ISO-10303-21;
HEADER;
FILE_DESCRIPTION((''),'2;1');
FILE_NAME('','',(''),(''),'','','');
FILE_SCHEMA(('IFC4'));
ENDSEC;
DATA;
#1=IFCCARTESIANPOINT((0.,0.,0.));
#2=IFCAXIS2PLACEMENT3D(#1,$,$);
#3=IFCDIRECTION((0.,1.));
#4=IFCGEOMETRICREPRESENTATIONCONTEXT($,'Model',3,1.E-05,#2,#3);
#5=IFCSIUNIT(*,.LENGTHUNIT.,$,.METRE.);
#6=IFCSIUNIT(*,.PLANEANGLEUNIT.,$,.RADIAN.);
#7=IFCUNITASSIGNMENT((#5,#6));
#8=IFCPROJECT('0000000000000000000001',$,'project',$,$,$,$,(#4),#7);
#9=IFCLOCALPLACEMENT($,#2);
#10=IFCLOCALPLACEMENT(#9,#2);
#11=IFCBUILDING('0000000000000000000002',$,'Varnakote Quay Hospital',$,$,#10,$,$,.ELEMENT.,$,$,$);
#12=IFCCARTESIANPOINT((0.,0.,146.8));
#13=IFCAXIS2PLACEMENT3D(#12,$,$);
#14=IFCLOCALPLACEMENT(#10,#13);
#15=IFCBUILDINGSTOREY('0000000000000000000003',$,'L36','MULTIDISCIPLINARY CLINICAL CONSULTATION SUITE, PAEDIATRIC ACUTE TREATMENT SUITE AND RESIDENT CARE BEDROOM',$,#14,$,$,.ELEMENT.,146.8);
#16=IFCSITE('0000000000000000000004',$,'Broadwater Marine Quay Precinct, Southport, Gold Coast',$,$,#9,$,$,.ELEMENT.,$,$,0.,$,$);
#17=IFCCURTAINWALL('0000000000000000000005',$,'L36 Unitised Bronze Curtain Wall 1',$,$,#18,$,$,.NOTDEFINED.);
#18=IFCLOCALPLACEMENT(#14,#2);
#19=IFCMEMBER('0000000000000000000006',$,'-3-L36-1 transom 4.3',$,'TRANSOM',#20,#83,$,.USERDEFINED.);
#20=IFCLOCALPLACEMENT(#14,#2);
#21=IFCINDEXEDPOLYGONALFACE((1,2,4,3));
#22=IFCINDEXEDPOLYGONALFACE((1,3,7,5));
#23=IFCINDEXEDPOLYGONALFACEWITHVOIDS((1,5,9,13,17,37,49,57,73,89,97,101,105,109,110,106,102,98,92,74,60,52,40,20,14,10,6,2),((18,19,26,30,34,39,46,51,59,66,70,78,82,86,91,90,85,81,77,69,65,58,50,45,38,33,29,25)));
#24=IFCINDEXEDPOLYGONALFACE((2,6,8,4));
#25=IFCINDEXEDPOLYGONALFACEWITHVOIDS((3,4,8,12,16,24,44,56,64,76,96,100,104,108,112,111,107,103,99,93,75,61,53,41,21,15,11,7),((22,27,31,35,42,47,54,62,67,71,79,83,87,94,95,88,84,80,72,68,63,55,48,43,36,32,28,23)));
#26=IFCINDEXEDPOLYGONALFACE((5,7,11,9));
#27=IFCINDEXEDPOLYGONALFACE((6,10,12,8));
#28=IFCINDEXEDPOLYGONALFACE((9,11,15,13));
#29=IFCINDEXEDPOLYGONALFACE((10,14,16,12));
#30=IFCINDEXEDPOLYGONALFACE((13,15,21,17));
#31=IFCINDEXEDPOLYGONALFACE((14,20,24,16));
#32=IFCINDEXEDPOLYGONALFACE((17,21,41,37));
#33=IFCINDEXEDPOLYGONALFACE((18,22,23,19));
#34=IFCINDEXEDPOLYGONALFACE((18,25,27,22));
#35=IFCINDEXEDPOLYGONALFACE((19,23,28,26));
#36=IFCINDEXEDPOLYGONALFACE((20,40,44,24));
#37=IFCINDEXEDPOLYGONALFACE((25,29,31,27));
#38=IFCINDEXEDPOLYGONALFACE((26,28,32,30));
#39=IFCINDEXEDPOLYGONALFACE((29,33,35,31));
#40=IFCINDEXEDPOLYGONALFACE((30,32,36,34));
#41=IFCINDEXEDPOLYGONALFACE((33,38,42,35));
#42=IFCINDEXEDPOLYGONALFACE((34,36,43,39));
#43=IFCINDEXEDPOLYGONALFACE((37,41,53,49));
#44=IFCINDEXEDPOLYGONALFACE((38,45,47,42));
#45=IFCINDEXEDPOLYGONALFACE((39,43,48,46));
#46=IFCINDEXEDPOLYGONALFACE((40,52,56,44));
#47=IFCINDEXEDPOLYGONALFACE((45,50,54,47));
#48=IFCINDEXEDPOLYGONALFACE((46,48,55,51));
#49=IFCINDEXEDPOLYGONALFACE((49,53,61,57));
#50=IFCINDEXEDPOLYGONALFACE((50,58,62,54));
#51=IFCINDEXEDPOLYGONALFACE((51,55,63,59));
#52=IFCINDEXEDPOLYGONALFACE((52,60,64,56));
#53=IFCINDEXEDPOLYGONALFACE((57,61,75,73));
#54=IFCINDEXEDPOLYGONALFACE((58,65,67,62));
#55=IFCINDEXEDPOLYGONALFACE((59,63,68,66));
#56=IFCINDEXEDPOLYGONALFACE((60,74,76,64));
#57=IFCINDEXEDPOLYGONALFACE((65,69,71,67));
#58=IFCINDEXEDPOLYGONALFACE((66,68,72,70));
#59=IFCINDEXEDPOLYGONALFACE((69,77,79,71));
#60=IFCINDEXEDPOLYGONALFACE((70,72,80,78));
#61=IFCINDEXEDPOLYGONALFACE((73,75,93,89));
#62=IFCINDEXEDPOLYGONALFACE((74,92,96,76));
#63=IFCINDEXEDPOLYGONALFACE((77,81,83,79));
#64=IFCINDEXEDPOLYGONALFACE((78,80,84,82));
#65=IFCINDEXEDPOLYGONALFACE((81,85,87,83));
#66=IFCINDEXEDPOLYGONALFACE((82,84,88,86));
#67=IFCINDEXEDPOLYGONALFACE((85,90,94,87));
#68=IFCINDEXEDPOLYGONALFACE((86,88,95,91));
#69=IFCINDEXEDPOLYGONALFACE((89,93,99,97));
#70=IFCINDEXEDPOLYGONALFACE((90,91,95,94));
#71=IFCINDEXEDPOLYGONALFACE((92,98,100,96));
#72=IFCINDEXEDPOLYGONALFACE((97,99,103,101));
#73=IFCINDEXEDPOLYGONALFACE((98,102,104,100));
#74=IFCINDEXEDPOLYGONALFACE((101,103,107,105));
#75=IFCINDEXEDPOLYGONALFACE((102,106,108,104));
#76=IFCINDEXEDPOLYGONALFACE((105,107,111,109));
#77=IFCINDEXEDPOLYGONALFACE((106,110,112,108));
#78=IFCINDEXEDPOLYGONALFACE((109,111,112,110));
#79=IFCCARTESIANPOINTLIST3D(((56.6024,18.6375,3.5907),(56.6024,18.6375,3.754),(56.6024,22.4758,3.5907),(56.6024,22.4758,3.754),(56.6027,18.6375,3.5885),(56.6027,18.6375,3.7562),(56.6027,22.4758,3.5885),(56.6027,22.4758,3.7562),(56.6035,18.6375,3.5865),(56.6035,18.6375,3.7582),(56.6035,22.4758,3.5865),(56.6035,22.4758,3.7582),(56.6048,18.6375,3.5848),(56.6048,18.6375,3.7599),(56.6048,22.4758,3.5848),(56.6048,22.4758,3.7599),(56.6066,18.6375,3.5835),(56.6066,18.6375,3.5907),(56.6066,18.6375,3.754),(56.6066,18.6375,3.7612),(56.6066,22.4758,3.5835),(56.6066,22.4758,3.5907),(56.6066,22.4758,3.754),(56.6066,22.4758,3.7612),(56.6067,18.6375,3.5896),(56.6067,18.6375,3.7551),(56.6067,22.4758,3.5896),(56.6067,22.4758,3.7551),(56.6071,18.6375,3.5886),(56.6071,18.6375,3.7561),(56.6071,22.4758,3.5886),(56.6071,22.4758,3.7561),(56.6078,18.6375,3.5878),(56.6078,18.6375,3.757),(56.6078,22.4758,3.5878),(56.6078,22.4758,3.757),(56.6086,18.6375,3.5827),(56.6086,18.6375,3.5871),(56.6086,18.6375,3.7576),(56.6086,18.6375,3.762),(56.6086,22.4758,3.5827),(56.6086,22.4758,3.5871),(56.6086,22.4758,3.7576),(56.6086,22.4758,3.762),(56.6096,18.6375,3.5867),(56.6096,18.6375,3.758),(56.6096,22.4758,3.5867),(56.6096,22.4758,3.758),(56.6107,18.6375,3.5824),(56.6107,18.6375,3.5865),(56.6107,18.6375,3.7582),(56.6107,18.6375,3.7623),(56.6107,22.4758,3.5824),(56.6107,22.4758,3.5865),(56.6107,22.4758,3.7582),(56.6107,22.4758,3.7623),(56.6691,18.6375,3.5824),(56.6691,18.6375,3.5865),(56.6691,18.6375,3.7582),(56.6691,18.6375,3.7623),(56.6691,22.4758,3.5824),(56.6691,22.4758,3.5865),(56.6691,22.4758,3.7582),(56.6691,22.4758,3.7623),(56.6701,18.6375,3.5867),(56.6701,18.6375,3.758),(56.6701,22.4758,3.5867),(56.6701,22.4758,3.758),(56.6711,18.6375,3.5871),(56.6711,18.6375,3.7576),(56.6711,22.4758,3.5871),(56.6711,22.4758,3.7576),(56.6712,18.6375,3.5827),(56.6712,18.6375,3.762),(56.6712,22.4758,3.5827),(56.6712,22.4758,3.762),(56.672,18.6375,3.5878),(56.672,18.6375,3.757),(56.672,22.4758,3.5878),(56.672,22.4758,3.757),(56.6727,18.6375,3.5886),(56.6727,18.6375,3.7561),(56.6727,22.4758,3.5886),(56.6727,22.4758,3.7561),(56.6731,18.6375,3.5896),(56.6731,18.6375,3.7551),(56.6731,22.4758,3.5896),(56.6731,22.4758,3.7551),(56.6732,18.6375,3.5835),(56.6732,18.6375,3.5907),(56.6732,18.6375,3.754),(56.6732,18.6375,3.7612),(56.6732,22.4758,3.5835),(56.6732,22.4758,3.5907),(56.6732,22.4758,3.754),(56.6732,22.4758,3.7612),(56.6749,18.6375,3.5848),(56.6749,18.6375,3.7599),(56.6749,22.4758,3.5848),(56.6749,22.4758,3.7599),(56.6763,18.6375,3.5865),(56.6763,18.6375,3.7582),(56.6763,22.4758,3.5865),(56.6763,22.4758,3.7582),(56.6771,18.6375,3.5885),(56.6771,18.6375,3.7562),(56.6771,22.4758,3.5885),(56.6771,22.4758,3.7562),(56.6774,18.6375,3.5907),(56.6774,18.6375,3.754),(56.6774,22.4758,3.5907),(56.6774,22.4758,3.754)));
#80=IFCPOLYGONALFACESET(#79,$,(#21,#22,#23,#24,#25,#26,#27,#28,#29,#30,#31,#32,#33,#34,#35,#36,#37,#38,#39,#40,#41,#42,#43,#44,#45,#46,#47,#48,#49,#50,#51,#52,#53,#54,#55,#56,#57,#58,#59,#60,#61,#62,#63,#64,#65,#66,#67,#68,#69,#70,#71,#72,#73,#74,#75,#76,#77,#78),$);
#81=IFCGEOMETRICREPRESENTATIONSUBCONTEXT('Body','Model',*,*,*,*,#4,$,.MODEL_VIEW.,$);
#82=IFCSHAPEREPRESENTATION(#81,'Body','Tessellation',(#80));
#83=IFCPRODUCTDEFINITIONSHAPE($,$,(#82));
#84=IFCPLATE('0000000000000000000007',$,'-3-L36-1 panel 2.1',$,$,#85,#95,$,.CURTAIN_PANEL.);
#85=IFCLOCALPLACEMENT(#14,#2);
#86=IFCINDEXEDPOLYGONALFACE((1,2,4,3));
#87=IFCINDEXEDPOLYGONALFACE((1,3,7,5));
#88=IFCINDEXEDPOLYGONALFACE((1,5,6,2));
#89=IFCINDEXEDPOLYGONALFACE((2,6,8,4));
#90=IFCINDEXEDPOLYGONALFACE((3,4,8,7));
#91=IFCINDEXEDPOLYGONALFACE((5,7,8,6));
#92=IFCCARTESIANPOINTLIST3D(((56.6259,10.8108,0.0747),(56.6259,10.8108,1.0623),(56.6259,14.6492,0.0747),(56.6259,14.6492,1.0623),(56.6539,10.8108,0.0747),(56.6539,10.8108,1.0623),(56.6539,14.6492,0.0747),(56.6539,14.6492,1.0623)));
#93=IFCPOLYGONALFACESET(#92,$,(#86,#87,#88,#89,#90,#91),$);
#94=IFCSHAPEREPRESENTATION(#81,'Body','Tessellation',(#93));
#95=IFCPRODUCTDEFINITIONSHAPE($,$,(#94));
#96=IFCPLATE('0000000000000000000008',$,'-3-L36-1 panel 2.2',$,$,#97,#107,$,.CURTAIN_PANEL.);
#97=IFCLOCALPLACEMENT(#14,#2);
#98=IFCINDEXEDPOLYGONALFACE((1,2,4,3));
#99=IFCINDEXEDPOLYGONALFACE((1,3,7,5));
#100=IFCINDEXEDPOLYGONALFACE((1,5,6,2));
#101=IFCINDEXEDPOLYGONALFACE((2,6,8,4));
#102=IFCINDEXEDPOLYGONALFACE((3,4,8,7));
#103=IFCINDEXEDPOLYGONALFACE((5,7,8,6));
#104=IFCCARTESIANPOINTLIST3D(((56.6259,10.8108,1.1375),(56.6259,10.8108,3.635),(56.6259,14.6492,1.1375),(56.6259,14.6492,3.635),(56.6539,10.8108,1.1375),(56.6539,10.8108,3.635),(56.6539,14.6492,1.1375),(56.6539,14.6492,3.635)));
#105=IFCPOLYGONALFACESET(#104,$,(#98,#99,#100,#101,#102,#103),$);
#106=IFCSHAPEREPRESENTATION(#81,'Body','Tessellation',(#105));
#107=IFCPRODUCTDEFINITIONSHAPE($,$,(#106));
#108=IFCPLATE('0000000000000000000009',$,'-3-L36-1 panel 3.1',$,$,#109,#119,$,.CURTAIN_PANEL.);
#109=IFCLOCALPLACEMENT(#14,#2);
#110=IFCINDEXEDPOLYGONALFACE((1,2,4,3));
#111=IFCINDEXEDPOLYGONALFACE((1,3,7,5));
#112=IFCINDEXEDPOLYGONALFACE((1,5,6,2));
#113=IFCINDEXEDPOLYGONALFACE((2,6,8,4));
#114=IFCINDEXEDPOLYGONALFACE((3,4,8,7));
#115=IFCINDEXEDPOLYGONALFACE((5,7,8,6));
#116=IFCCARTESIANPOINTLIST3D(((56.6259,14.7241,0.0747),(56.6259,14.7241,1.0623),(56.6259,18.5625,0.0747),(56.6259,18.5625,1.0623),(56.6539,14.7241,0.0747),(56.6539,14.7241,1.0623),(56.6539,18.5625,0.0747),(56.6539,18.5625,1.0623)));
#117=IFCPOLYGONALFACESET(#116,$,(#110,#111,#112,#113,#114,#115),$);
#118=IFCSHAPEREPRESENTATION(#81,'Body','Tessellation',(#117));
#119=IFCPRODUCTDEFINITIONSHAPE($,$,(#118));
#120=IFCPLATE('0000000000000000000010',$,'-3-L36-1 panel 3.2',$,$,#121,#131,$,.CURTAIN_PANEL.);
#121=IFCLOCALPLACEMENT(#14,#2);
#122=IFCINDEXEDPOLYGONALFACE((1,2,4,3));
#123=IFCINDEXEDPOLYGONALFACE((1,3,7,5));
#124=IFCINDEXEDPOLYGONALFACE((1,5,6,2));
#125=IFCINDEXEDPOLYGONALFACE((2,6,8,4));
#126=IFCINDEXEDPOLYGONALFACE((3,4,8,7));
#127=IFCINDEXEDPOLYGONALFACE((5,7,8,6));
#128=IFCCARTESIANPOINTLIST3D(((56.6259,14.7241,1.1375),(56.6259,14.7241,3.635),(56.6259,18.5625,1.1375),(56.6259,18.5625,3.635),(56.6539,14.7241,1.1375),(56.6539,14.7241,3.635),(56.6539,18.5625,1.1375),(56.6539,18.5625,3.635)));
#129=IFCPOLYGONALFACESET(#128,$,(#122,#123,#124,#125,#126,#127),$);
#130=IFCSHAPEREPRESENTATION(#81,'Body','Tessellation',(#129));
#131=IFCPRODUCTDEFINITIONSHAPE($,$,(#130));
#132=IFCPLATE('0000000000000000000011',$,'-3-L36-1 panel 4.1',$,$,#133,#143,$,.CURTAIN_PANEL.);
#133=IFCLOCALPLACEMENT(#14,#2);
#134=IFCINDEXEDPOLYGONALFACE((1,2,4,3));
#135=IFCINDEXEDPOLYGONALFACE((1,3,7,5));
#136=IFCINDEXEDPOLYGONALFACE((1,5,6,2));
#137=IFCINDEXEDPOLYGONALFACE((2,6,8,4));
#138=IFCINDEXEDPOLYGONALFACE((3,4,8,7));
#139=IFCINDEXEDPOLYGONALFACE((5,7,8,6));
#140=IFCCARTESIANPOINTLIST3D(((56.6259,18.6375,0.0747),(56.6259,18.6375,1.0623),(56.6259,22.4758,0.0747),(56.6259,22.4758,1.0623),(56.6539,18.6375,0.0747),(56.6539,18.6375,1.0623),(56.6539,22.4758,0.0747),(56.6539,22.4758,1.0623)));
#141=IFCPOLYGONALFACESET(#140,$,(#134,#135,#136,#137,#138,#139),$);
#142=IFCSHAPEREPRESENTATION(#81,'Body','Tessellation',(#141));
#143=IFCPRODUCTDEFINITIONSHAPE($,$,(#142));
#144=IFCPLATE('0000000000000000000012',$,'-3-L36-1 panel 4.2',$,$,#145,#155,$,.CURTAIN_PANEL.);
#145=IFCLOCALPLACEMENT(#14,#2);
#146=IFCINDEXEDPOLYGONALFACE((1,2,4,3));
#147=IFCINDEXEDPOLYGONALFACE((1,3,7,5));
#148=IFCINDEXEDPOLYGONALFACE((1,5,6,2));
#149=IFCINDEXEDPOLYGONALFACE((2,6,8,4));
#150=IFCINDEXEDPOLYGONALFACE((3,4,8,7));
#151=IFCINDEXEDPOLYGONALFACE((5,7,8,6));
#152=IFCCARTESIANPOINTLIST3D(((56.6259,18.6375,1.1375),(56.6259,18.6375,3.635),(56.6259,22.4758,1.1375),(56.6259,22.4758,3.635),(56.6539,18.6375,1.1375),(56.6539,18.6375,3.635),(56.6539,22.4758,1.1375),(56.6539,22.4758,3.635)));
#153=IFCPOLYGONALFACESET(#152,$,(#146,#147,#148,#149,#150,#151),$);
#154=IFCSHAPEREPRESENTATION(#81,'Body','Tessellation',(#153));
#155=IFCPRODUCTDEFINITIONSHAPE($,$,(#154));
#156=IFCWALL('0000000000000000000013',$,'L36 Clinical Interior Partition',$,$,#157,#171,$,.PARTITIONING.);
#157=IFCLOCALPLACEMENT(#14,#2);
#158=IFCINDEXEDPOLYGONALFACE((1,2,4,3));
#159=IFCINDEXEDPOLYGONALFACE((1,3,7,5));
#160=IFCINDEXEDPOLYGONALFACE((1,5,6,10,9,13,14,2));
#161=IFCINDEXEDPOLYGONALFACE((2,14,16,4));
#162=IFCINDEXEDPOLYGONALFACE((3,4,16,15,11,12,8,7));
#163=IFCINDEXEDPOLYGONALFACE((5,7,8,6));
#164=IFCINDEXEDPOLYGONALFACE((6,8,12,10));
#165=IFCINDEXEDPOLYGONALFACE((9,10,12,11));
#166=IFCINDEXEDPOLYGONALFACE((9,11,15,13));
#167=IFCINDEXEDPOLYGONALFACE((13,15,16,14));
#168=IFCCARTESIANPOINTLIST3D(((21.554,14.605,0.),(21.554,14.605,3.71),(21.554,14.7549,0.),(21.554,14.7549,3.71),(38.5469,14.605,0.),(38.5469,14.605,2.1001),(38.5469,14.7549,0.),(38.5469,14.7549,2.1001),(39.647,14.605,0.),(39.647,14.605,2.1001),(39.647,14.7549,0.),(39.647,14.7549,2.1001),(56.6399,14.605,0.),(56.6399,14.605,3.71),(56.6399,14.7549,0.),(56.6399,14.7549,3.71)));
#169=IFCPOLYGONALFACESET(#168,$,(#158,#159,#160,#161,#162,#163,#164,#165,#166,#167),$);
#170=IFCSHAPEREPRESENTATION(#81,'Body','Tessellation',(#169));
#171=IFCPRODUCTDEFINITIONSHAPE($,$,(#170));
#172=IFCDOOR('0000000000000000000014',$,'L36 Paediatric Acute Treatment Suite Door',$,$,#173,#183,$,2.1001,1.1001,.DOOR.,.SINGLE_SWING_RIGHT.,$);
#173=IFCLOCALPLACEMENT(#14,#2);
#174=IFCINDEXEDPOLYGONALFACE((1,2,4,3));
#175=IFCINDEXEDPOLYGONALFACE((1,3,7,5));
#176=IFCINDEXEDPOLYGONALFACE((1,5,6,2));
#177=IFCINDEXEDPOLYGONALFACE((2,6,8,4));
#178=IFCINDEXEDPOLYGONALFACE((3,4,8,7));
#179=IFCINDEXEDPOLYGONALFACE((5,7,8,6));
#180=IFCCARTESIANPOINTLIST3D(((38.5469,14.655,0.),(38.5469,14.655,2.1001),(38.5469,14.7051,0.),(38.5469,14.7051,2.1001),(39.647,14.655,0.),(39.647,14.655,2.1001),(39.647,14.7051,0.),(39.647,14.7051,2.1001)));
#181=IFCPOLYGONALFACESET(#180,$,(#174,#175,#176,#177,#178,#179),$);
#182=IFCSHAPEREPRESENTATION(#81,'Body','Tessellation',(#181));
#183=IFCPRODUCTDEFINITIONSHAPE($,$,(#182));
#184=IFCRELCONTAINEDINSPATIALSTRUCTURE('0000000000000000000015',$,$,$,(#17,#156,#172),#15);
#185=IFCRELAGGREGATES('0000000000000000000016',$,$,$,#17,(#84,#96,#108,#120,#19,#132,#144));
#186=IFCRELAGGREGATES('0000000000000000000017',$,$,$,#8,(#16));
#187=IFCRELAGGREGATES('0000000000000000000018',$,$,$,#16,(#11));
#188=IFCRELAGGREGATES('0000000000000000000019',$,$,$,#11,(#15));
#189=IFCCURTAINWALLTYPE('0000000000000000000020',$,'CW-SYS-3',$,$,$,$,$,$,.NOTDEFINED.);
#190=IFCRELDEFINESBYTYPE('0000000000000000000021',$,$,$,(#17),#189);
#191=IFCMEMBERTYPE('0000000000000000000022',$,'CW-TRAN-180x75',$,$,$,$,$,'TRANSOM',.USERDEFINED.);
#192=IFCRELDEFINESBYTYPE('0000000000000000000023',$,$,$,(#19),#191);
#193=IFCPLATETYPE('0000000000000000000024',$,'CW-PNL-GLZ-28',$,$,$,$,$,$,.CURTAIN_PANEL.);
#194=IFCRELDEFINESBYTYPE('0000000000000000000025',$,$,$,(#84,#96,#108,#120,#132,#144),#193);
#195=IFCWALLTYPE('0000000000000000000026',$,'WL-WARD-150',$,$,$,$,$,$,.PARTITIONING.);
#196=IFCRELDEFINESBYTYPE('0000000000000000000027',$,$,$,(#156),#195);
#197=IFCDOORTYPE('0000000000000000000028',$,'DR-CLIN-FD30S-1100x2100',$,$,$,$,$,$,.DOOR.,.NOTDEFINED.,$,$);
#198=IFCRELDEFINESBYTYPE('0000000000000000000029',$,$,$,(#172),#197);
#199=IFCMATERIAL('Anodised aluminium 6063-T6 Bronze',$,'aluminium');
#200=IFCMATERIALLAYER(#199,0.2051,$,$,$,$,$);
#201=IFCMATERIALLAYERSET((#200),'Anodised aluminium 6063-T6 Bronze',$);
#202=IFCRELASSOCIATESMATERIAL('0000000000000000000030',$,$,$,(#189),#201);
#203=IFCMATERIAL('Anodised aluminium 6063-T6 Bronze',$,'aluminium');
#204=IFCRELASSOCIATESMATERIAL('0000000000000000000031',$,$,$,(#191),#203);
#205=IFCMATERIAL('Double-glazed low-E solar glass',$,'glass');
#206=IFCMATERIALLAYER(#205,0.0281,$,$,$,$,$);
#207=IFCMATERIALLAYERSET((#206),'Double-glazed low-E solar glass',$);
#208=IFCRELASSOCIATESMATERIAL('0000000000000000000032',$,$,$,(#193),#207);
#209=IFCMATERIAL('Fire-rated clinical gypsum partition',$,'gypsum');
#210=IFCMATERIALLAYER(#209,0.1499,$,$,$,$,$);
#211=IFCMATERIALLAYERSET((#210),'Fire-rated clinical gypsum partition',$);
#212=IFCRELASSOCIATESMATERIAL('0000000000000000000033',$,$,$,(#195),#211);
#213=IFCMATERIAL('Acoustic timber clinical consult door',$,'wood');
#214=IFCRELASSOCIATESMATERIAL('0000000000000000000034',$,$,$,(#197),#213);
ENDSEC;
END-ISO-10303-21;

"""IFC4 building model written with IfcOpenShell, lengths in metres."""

from ifc_helpers import new_model, si_unit, direction, frame, frame_2d, origin, origin_2d, place, context, subcontext, project, spatial, rectangle, hollow_rectangle, extrude, material, layer, layer_set, material_profile, profile_set, type_object, element, fill, aggregate, save


model = new_model("IFC4")

# Units and contexts
model_context = context("Model", 3, precision=1e-05, world=origin(), true_north=direction((0.0, 1.0)))
body_context = subcontext(model_context, "Body", "Model", "MODEL_VIEW")
ifc_project = project(units=[si_unit("LENGTHUNIT", "METRE"), si_unit("PLANEANGLEUNIT", "RADIAN")], contexts=[model_context])

# Site, building, storey
site_placement = place(None, origin())
site = spatial("IfcSite", under=ifc_project, at=site_placement, Name="Broadwater Marine Quay Precinct, Southport, Gold Coast", CompositionType="ELEMENT", RefElevation=0.0)
building_placement = place(site_placement, origin())
building = spatial("IfcBuilding", under=site, at=building_placement, Name="Varnakote Quay Hospital", CompositionType="ELEMENT")
storey_placement = place(building_placement, frame((0.0, 0.0, 146.8)))
storey = spatial("IfcBuildingStorey", under=building, at=storey_placement, Name="L36", Description="MULTIDISCIPLINARY CLINICAL CONSULTATION SUITE, PAEDIATRIC ACUTE TREATMENT SUITE AND RESIDENT CARE BEDROOM", CompositionType="ELEMENT", Elevation=146.8)

# Curtain wall, member, plates
ifc_material_1 = material(Name="Anodised aluminium 6063-T6 Bronze", Category="aluminium")
ifc_layer_1 = layer(ifc_material_1, 0.2051)
ifc_layer_set_1 = layer_set([ifc_layer_1], Name="Anodised aluminium 6063-T6 Bronze")
curtain_wall_type = type_object("IfcCurtainWallType", Name="CW-SYS-3", PredefinedType="NOTDEFINED", material=ifc_layer_set_1)
curtain_wall_placement = place(storey_placement, origin())
curtain_wall = element("IfcCurtainWall", 1, at=curtain_wall_placement, inside=storey, type_object=curtain_wall_type, Name="L36 Unitised Bronze Curtain Wall 1", PredefinedType="NOTDEFINED")
ifc_material_2 = material(Name="Anodised aluminium 6063-T6 Bronze", Category="aluminium")
ifc_material_profile_1 = material_profile(ifc_material_2, hollow_rectangle(XDim=0.075, YDim=0.1799, WallThickness=0.0042, InnerFilletRadius=0.0042, OuterFilletRadius=0.0083, at=origin_2d()), Name="CW-TRAN-180x75")
ifc_profile_set_1 = profile_set([ifc_material_profile_1], Name="Anodised aluminium 6063-T6 Bronze")
member_type_1 = type_object("IfcMemberType", Name="CW-TRAN-180x75", ElementType="TRANSOM", PredefinedType="USERDEFINED", material=ifc_profile_set_1)
member_1_placement = place(storey_placement, frame((56.6399, 18.6375, 3.6724), z_axis=(0.0, 1.0, 0.0), x_axis=(-1.0, 0.0, 0.0)))
member_1 = element("IfcMember", 2, at=member_1_placement, type_object=member_type_1, Name="-3-L36-1 transom 4.3", ObjectType="TRANSOM", PredefinedType="USERDEFINED", context=body_context, shape_type="SweptSolid", body=[
    extrude(hollow_rectangle(XDim=0.075, YDim=0.1799, WallThickness=0.0042, InnerFilletRadius=0.0042, OuterFilletRadius=0.0083, at=origin_2d()), origin(), (0.0, 0.0, 1.0), 3.8384),
])
ifc_material_3 = material(Name="Double-glazed low-E solar glass", Category="glass")
ifc_layer_2 = layer(ifc_material_3, 0.0281)
ifc_layer_set_2 = layer_set([ifc_layer_2], Name="Double-glazed low-E solar glass")
plate_type = type_object("IfcPlateType", Name="CW-PNL-GLZ-28", PredefinedType="CURTAIN_PANEL", material=ifc_layer_set_2)
plate_1_placement = place(storey_placement, frame((56.6399, 12.73, 0.0747), z_axis=(0.0, 0.0, 1.0), x_axis=(0.0, 1.0, 0.0)))
plate_1 = element("IfcPlate", 3, at=plate_1_placement, type_object=plate_type, Name="-3-L36-1 panel 2.1", PredefinedType="CURTAIN_PANEL", context=body_context, shape_type="SweptSolid", body=[
    extrude(rectangle(XDim=3.8384, YDim=0.0281, at=origin_2d()), origin(), (0.0, 0.0, 1.0), 0.9875),
])
plate_2_placement = place(storey_placement, frame((56.6399, 12.73, 1.1375), z_axis=(0.0, 0.0, 1.0), x_axis=(0.0, 1.0, 0.0)))
plate_2 = element("IfcPlate", 4, at=plate_2_placement, type_object=plate_type, Name="-3-L36-1 panel 2.2", PredefinedType="CURTAIN_PANEL", context=body_context, shape_type="SweptSolid", body=[
    extrude(rectangle(XDim=3.8384, YDim=0.0281, at=origin_2d()), origin(), (0.0, 0.0, 1.0), 2.4976),
])
plate_3_placement = place(storey_placement, frame((56.6399, 16.6433, 0.0747), z_axis=(0.0, 0.0, 1.0), x_axis=(0.0, 1.0, 0.0)))
plate_3 = element("IfcPlate", 5, at=plate_3_placement, type_object=plate_type, Name="-3-L36-1 panel 3.1", PredefinedType="CURTAIN_PANEL", context=body_context, shape_type="SweptSolid", body=[
    extrude(rectangle(XDim=3.8384, YDim=0.0281, at=origin_2d()), origin(), (0.0, 0.0, 1.0), 0.9875),
])
plate_4_placement = place(storey_placement, frame((56.6399, 16.6433, 1.1375), z_axis=(0.0, 0.0, 1.0), x_axis=(0.0, 1.0, 0.0)))
plate_4 = element("IfcPlate", 6, at=plate_4_placement, type_object=plate_type, Name="-3-L36-1 panel 3.2", PredefinedType="CURTAIN_PANEL", context=body_context, shape_type="SweptSolid", body=[
    extrude(rectangle(XDim=3.8384, YDim=0.0281, at=origin_2d()), origin(), (0.0, 0.0, 1.0), 2.4976),
])
plate_5_placement = place(storey_placement, frame((56.6399, 20.5566, 0.0747), z_axis=(0.0, 0.0, 1.0), x_axis=(0.0, 1.0, 0.0)))
plate_5 = element("IfcPlate", 7, at=plate_5_placement, type_object=plate_type, Name="-3-L36-1 panel 4.1", PredefinedType="CURTAIN_PANEL", context=body_context, shape_type="SweptSolid", body=[
    extrude(rectangle(XDim=3.8384, YDim=0.0281, at=origin_2d()), origin(), (0.0, 0.0, 1.0), 0.9875),
])
plate_6_placement = place(storey_placement, frame((56.6399, 20.5566, 1.1375), z_axis=(0.0, 0.0, 1.0), x_axis=(0.0, 1.0, 0.0)))
plate_6 = element("IfcPlate", 8, at=plate_6_placement, type_object=plate_type, Name="-3-L36-1 panel 4.2", PredefinedType="CURTAIN_PANEL", context=body_context, shape_type="SweptSolid", body=[
    extrude(rectangle(XDim=3.8384, YDim=0.0281, at=origin_2d()), origin(), (0.0, 0.0, 1.0), 2.4976),
])
aggregate(curtain_wall, [plate_1, plate_2, plate_3, plate_4, member_1, plate_5, plate_6])

# Wall, opening, door
ifc_material_4 = material(Name="Fire-rated clinical gypsum partition", Category="gypsum")
ifc_layer_3 = layer(ifc_material_4, 0.1499)
ifc_layer_set_3 = layer_set([ifc_layer_3], Name="Fire-rated clinical gypsum partition")
wall_type = type_object("IfcWallType", Name="WL-WARD-150", PredefinedType="PARTITIONING", material=ifc_layer_set_3)
wall_placement = place(storey_placement, frame((56.6399, 14.6799, 0.0), z_axis=(0.0, 0.0, 1.0), x_axis=(-1.0, 0.0, 0.0)))
wall = element("IfcWall", 9, at=wall_placement, inside=storey, type_object=wall_type, Name="L36 Clinical Interior Partition", PredefinedType="PARTITIONING", context=body_context, shape_type="SweptSolid", body=[
    extrude(rectangle(XDim=35.0859, YDim=0.1499, at=frame_2d((17.543, 0.0))), origin(), (0.0, 0.0, 1.0), 3.71),
])
opening_placement = place(wall_placement, frame((16.9929, 0.0, 0.0)))
opening = element("IfcOpeningElement", 10, at=opening_placement, cuts=wall, PredefinedType="OPENING", context=body_context, shape_type="SweptSolid", body=[
    extrude(rectangle(XDim=1.1001, YDim=2.1001, at=frame_2d((0.55, 1.05))), frame((0.0, 0.085, 0.0), z_axis=(0.0, -1.0, 0.0), x_axis=(1.0, 0.0, 0.0)), (0.0, 0.0, 1.0), 0.1699),
])
ifc_material_5 = material(Name="Acoustic timber clinical consult door", Category="wood")
door_type = type_object("IfcDoorType", Name="DR-CLIN-FD30S-1100x2100", OperationType="NOTDEFINED", PredefinedType="DOOR", material=ifc_material_5)
door_placement = place(opening_placement, origin())
door = element("IfcDoor", 11, at=door_placement, inside=storey, type_object=door_type, Name="L36 Paediatric Acute Treatment Suite Door", OperationType="SINGLE_SWING_RIGHT", OverallHeight=2.1001, OverallWidth=1.1001, PredefinedType="DOOR", context=body_context, shape_type="SweptSolid", body=[
    extrude(rectangle(XDim=1.1001, YDim=2.1001, at=frame_2d((0.55, 1.05))), frame((0.0, 0.0249, 0.0), z_axis=(0.0, -1.0, 0.0), x_axis=(1.0, 0.0, 0.0)), (0.0, 0.0, 1.0), 0.05),
])
fill(opening, door)

save(model, "model.ifc")
